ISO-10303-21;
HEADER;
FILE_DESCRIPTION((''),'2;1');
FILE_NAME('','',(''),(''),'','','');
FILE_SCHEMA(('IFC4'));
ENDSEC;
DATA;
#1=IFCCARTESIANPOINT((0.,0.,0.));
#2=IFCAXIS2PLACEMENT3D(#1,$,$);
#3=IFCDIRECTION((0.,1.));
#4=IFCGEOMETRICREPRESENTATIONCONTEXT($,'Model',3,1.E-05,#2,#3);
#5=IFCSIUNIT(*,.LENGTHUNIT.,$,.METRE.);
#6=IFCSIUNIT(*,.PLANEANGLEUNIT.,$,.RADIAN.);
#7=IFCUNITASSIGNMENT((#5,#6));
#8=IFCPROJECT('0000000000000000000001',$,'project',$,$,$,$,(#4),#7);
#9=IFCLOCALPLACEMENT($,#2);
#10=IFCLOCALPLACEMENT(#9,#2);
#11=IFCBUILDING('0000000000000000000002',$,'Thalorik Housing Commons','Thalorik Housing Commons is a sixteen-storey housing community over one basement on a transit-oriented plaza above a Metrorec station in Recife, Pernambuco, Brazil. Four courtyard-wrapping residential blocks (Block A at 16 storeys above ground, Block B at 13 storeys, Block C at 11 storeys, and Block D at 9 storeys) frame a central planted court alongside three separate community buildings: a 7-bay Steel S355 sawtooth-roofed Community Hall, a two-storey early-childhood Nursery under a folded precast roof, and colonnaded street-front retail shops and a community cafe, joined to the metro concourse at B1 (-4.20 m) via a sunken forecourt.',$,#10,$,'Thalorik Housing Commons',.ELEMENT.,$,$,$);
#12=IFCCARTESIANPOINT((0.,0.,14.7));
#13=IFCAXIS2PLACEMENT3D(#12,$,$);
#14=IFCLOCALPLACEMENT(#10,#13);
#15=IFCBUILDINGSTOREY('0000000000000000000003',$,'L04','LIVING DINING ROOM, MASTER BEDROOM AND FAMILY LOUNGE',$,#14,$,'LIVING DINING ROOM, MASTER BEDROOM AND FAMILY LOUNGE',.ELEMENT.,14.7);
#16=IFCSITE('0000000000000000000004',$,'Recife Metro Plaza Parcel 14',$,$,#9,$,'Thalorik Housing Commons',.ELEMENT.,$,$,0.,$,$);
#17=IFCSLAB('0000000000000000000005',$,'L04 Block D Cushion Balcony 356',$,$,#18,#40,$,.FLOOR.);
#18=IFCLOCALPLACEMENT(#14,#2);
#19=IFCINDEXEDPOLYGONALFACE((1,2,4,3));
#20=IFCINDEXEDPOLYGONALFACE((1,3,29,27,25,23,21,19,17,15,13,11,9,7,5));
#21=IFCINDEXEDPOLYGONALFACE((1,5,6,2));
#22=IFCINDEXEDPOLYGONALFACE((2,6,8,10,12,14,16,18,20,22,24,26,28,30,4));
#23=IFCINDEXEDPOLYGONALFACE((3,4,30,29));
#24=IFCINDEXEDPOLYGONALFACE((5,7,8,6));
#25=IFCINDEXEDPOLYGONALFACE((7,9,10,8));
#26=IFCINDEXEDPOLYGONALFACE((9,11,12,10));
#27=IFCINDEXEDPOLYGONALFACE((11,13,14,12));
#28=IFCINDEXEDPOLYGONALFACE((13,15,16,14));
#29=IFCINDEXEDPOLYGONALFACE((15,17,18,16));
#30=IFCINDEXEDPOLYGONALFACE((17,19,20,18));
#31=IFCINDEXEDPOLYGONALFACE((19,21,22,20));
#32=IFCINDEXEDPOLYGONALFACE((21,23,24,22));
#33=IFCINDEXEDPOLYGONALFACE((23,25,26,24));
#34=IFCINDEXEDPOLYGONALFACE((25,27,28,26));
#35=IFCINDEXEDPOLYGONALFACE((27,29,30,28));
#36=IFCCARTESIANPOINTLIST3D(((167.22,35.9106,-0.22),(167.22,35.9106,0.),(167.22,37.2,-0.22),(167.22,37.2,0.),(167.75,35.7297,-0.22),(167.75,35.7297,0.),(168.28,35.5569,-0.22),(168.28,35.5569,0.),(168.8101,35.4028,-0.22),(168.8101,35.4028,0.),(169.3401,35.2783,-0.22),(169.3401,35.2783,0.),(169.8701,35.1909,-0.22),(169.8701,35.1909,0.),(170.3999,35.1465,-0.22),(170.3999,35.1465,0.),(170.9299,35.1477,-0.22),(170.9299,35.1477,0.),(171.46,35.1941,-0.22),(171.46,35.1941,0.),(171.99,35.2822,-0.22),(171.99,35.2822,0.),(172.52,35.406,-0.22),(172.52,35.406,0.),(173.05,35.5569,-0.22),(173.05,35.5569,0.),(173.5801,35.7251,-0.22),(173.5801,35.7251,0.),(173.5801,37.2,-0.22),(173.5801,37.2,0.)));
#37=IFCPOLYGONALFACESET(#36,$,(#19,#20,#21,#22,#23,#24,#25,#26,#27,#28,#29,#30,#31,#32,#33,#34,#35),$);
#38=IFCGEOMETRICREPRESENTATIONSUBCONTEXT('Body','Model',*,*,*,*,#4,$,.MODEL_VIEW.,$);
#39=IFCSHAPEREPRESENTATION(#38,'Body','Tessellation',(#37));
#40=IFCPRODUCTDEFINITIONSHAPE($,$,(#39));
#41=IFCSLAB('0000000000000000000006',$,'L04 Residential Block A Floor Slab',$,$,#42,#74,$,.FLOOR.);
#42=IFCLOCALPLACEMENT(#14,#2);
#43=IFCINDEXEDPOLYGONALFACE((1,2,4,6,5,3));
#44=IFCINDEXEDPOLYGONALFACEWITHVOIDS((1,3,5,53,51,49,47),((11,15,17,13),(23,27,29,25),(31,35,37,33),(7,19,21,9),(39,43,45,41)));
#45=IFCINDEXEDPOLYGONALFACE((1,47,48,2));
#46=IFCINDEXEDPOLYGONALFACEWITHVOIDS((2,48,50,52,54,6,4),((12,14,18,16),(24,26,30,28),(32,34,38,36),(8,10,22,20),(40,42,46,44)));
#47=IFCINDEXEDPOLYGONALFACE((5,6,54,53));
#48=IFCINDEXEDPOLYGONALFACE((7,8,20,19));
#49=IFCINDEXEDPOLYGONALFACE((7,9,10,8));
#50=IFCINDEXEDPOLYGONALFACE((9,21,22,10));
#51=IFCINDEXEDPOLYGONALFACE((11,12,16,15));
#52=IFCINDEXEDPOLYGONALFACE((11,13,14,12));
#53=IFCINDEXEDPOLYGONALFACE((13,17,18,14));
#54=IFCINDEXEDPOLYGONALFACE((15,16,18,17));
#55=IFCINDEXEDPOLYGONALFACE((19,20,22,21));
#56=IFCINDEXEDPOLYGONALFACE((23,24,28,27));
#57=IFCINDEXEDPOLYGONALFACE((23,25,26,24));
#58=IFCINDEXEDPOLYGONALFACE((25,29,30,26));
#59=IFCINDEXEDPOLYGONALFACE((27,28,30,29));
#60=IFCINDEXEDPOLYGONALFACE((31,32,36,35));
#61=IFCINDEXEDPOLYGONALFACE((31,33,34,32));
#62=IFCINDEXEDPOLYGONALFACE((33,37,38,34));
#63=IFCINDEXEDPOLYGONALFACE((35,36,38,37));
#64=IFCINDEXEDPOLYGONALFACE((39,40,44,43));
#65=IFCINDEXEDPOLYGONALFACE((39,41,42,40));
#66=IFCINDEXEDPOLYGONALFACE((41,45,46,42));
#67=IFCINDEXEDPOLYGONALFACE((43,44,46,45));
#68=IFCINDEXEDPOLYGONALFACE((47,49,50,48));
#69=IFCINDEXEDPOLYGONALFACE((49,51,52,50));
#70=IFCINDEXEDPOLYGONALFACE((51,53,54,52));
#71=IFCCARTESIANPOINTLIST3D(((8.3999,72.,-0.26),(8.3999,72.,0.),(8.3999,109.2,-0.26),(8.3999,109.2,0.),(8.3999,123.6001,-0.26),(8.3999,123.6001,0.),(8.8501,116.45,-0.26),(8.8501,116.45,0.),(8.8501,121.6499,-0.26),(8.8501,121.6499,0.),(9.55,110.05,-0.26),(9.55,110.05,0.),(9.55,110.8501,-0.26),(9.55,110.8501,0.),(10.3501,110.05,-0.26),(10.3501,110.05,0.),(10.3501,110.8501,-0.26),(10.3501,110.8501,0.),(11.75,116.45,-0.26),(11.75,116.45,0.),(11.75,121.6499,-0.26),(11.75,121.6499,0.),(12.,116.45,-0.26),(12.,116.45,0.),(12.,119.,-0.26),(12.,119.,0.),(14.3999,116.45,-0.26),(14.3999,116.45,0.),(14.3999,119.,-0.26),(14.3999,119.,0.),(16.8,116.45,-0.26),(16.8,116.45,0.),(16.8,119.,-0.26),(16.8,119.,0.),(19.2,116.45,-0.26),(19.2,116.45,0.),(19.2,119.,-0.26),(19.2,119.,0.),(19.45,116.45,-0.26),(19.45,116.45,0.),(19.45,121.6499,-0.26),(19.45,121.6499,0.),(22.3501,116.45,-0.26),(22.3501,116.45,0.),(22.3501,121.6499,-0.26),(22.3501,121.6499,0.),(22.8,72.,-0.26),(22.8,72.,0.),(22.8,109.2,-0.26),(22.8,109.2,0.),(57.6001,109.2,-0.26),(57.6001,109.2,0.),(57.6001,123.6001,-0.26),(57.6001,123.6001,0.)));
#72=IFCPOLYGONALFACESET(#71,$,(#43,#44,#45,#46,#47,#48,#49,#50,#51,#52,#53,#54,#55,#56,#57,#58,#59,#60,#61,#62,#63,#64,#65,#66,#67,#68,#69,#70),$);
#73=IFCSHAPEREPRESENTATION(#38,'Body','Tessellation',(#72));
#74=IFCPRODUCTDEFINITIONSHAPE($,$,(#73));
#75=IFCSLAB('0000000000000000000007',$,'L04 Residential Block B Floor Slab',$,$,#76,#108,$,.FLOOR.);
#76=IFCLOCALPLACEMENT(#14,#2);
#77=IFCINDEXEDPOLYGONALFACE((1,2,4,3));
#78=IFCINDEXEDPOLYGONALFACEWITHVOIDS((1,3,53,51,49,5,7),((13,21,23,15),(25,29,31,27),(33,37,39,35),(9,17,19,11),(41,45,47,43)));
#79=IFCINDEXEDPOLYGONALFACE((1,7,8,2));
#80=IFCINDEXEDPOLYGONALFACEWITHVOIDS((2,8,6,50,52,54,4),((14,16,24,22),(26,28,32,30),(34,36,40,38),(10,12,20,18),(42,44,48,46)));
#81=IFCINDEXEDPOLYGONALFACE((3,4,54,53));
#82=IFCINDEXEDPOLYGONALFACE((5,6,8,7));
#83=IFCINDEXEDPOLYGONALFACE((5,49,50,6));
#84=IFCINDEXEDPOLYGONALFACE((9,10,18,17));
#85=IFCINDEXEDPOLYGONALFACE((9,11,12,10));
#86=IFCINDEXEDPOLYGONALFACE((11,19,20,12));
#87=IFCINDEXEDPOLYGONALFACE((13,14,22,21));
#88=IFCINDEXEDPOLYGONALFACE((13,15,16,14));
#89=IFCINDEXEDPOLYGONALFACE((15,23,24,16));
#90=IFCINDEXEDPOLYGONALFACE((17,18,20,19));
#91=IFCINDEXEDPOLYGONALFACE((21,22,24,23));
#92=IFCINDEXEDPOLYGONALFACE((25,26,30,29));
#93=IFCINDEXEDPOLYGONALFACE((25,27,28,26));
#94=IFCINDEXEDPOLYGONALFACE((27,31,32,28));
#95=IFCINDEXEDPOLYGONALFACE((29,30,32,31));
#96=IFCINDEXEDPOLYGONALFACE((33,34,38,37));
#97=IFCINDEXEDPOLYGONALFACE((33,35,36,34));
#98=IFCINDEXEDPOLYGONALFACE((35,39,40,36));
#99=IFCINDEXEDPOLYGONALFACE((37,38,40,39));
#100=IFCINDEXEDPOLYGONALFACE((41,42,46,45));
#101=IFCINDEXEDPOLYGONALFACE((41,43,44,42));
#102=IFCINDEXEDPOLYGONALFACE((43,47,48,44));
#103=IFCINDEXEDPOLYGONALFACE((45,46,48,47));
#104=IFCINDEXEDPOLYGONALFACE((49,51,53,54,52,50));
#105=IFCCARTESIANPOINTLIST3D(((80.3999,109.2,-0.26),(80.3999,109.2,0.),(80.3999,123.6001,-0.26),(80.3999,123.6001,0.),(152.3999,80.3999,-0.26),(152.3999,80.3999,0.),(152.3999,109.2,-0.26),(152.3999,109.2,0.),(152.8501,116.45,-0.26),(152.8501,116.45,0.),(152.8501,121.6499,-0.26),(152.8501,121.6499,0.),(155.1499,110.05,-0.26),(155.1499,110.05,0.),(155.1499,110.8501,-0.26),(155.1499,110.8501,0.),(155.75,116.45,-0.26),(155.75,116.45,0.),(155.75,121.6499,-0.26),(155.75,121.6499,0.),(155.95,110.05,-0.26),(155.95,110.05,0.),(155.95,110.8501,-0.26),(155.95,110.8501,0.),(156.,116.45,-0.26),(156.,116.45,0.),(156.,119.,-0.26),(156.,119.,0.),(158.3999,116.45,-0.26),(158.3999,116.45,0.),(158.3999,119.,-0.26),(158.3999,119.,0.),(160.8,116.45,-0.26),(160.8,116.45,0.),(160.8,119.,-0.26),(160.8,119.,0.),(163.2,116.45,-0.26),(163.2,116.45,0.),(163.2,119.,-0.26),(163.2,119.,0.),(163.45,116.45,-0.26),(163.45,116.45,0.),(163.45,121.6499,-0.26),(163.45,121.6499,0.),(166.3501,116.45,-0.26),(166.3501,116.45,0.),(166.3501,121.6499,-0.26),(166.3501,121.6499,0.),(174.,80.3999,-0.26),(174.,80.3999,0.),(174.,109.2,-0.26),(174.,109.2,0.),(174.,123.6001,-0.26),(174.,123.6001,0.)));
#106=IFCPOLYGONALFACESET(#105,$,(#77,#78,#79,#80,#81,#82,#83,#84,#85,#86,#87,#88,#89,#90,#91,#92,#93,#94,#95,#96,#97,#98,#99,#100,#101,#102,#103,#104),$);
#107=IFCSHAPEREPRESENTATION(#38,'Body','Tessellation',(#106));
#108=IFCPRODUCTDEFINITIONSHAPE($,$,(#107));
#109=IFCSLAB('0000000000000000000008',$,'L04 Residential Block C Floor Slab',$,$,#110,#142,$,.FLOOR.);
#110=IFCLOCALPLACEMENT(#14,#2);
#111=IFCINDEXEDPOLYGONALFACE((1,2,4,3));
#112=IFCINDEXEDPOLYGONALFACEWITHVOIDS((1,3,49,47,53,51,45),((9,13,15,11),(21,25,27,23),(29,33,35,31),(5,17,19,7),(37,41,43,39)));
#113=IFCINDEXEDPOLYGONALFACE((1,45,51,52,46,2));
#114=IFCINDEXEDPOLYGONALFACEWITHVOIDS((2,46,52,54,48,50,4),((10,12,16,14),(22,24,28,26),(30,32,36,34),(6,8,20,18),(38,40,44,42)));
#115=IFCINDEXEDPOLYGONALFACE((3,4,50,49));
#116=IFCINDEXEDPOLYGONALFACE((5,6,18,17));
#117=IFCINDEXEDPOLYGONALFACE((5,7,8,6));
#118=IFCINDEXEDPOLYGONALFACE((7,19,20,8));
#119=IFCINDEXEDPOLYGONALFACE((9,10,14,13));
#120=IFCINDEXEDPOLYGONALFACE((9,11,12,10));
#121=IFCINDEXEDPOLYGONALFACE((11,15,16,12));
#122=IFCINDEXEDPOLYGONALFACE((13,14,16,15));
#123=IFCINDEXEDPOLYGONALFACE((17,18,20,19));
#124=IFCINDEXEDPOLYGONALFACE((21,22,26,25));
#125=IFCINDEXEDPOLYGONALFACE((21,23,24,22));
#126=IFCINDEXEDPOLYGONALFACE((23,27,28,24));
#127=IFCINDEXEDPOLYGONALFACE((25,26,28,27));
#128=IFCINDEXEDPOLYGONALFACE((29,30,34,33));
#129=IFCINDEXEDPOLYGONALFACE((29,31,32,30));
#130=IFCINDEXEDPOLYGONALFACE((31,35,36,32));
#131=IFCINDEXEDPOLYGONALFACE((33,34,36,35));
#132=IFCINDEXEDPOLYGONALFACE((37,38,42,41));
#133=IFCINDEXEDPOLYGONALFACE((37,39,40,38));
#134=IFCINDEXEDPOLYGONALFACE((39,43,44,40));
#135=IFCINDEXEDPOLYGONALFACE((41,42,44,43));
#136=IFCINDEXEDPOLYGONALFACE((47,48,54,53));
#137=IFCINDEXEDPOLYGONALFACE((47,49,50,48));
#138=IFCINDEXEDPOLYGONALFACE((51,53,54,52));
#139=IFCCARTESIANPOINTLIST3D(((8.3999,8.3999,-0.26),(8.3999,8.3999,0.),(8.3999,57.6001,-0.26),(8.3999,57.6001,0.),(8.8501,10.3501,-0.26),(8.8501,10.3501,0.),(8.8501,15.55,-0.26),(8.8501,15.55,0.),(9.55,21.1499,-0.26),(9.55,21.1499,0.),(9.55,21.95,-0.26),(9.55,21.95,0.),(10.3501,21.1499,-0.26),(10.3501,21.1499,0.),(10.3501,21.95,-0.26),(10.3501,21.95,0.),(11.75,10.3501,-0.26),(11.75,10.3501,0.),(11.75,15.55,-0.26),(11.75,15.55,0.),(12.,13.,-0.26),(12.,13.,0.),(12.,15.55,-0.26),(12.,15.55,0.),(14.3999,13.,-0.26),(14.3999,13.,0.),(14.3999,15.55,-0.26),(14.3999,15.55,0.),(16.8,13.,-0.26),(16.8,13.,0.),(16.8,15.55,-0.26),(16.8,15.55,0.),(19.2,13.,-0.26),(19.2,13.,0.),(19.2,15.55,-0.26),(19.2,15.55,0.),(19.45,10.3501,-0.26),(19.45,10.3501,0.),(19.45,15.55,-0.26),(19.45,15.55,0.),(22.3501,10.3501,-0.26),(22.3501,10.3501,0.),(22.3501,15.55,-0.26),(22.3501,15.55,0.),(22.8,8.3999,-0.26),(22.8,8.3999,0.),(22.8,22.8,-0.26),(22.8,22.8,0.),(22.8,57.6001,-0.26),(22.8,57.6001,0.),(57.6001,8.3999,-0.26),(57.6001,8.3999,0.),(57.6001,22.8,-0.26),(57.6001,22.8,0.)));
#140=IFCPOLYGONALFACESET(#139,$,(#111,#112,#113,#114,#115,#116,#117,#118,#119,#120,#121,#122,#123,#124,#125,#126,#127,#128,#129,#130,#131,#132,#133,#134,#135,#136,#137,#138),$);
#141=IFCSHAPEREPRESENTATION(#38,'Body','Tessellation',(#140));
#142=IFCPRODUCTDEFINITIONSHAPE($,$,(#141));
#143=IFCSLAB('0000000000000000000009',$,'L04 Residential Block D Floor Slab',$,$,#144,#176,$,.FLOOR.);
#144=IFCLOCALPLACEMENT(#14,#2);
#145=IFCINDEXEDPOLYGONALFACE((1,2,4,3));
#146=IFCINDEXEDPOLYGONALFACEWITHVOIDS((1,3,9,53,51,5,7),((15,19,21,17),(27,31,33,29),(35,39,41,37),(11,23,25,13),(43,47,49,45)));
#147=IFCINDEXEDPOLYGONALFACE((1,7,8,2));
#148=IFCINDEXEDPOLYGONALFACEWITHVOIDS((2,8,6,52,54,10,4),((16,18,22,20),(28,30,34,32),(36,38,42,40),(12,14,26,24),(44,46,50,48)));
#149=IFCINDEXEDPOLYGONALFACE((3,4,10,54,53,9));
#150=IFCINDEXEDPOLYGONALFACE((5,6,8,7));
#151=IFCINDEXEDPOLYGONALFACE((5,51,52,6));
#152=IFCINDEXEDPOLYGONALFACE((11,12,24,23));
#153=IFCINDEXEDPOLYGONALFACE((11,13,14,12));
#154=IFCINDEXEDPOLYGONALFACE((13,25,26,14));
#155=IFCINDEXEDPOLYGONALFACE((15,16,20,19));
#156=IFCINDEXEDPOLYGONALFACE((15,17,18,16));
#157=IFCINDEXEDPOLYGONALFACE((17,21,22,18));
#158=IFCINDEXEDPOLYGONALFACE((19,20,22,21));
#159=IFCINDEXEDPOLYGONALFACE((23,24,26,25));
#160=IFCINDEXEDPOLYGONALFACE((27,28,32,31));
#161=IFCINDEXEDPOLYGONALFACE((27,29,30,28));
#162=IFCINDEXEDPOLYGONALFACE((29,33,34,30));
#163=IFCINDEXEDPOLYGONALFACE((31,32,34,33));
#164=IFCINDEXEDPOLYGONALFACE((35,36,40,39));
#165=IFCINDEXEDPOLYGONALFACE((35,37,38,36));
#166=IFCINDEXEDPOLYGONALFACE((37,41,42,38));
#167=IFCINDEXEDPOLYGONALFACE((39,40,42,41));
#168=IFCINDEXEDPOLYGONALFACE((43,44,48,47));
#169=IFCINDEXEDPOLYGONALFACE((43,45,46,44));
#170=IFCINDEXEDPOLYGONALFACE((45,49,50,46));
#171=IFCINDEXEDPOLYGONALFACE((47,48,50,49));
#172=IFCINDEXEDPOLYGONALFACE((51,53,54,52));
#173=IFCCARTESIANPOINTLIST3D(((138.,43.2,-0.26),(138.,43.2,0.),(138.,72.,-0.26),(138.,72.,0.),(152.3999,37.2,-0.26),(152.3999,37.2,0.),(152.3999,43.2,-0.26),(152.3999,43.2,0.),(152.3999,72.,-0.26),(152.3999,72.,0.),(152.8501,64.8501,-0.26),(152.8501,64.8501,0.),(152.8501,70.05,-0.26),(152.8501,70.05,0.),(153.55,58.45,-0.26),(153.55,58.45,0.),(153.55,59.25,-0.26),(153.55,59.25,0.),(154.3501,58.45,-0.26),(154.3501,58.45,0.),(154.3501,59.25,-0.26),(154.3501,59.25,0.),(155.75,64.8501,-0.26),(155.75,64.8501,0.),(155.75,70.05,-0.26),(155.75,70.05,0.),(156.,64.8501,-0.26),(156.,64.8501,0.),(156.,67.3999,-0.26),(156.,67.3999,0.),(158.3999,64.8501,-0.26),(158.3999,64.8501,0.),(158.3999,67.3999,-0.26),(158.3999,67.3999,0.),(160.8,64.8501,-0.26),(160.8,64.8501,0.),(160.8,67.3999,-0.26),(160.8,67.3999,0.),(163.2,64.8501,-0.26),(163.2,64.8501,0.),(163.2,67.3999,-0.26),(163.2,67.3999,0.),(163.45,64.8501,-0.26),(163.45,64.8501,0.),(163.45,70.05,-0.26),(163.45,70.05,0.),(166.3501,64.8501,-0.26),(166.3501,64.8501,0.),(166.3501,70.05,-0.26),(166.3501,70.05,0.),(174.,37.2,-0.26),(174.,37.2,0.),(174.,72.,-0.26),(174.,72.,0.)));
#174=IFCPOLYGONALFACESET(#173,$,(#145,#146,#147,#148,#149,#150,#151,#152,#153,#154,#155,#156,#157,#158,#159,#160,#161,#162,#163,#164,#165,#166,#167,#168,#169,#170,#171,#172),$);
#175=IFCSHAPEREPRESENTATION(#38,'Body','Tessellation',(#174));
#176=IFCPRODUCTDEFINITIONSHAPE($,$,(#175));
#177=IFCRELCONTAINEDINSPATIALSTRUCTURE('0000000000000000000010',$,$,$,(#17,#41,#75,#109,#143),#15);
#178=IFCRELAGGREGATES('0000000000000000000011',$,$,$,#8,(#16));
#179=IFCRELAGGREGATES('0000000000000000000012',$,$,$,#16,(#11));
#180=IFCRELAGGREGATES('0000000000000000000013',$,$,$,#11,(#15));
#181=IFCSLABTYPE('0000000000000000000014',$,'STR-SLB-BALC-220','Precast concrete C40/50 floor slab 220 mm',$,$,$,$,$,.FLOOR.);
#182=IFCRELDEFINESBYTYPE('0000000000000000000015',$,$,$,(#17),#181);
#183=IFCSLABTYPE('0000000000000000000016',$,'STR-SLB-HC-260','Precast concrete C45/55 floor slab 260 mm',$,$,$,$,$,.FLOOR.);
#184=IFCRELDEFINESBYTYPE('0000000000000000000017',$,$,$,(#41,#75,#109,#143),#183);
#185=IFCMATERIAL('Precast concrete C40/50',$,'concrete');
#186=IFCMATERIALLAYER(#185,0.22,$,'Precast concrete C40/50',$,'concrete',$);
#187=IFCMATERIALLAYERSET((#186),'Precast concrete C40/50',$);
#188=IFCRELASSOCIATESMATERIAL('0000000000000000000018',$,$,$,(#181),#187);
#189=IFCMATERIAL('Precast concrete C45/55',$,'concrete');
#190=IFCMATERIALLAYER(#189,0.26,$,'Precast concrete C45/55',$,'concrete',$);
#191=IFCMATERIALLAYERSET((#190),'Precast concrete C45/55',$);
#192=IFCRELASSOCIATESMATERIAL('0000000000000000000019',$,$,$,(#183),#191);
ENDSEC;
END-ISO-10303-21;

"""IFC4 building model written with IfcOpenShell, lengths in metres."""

from ifc_helpers import new_model, si_unit, direction, frame, origin, place, context, subcontext, project, spatial, polyline, outline, extrude, material, layer, layer_set, type_object, element, save


model = new_model("IFC4")

# Units and contexts
model_context = context("Model", 3, precision=1e-05, world=origin(), true_north=direction((0.0, 1.0)))
body_context = subcontext(model_context, "Body", "Model", "MODEL_VIEW")
ifc_project = project(units=[si_unit("LENGTHUNIT", "METRE"), si_unit("PLANEANGLEUNIT", "RADIAN")], contexts=[model_context])

# Site, building, storey
site_placement = place(None, origin())
site = spatial("IfcSite", under=ifc_project, at=site_placement, Name="Recife Metro Plaza Parcel 14", LongName="Thalorik Housing Commons", CompositionType="ELEMENT", RefElevation=0.0)
building_placement = place(site_placement, origin())
building = spatial("IfcBuilding", under=site, at=building_placement, Name="Thalorik Housing Commons", Description="Thalorik Housing Commons is a sixteen-storey housing community over one basement on a transit-oriented plaza above a Metrorec station in Recife, Pernambuco, Brazil. Four courtyard-wrapping residential blocks (Block A at 16 storeys above ground, Block B at 13 storeys, Block C at 11 storeys, and Block D at 9 storeys) frame a central planted court alongside three separate community buildings: a 7-bay Steel S355 sawtooth-roofed Community Hall, a two-storey early-childhood Nursery under a folded precast roof, and colonnaded street-front retail shops and a community cafe, joined to the metro concourse at B1 (-4.20 m) via a sunken forecourt.", LongName="Thalorik Housing Commons", CompositionType="ELEMENT")
storey_placement = place(building_placement, frame((0.0, 0.0, 14.7)))
storey = spatial("IfcBuildingStorey", under=building, at=storey_placement, Name="L04", Description="LIVING DINING ROOM, MASTER BEDROOM AND FAMILY LOUNGE", LongName="LIVING DINING ROOM, MASTER BEDROOM AND FAMILY LOUNGE", CompositionType="ELEMENT", Elevation=14.7)

# Slabs
ifc_material_1 = material(Name="Precast concrete C40/50", Category="concrete")
ifc_layer_1 = layer(ifc_material_1, 0.22, Name="Precast concrete C40/50", Category="concrete")
ifc_layer_set_1 = layer_set([ifc_layer_1], Name="Precast concrete C40/50")
slab_type_1 = type_object("IfcSlabType", Name="STR-SLB-BALC-220", Description="Precast concrete C40/50 floor slab 220 mm", PredefinedType="FLOOR", material=ifc_layer_set_1)
slab_1_placement = place(storey_placement, frame((0.0, 0.0, -0.22)))
element("IfcSlab", 1, at=slab_1_placement, inside=storey, type_object=slab_type_1, Name="L04 Block D Cushion Balcony 356", PredefinedType="FLOOR", context=body_context, shape_type="SweptSolid", body=[
    extrude(outline(polyline([(167.22, 35.9106), (167.75, 35.7297), (168.28, 35.5569), (168.8101, 35.4028), (169.3401, 35.2783), (169.8701, 35.1909), (170.3999, 35.1465), (170.9299, 35.1477), (171.46, 35.1941), (171.99, 35.2822), (172.52, 35.406), (173.05, 35.5569), (173.5801, 35.7251), (173.5801, 37.2), (167.22, 37.2), (167.22, 35.9106)])), origin(), (0.0, 0.0, 1.0), 0.22),
])
ifc_material_2 = material(Name="Precast concrete C45/55", Category="concrete")
ifc_layer_2 = layer(ifc_material_2, 0.26, Name="Precast concrete C45/55", Category="concrete")
ifc_layer_set_2 = layer_set([ifc_layer_2], Name="Precast concrete C45/55")
slab_type_2 = type_object("IfcSlabType", Name="STR-SLB-HC-260", Description="Precast concrete C45/55 floor slab 260 mm", PredefinedType="FLOOR", material=ifc_layer_set_2)
slab_2_placement = place(storey_placement, frame((0.0, 0.0, -0.26)))
element("IfcSlab", 2, at=slab_2_placement, inside=storey, type_object=slab_type_2, Name="L04 Residential Block A Floor Slab", PredefinedType="FLOOR", context=body_context, shape_type="SweptSolid", body=[
    extrude(outline(polyline([(8.3999, 123.6001), (8.3999, 109.2), (8.3999, 72.0), (22.8, 72.0), (22.8, 109.2), (57.6001, 109.2), (57.6001, 123.6001), (8.3999, 123.6001)]), holes=[polyline([(8.8501, 121.6499), (11.75, 121.6499), (11.75, 116.45), (8.8501, 116.45), (8.8501, 121.6499)]), polyline([(22.3501, 121.6499), (22.3501, 116.45), (19.45, 116.45), (19.45, 121.6499), (22.3501, 121.6499)]), polyline([(14.3999, 119.0), (14.3999, 116.45), (12.0, 116.45), (12.0, 119.0), (14.3999, 119.0)]), polyline([(19.2, 116.45), (16.8, 116.45), (16.8, 119.0), (19.2, 119.0), (19.2, 116.45)]), polyline([(9.55, 110.05), (9.55, 110.8501), (10.3501, 110.8501), (10.3501, 110.05), (9.55, 110.05)])]), origin(), (0.0, 0.0, 1.0), 0.26),
])
slab_3_placement = place(storey_placement, frame((0.0, 0.0, -0.26)))
element("IfcSlab", 3, at=slab_3_placement, inside=storey, type_object=slab_type_2, Name="L04 Residential Block B Floor Slab", PredefinedType="FLOOR", context=body_context, shape_type="SweptSolid", body=[
    extrude(outline(polyline([(80.3999, 109.2), (152.3999, 109.2), (152.3999, 80.3999), (174.0, 80.3999), (174.0, 109.2), (174.0, 123.6001), (80.3999, 123.6001), (80.3999, 109.2)]), holes=[polyline([(152.8501, 121.6499), (155.75, 121.6499), (155.75, 116.45), (152.8501, 116.45), (152.8501, 121.6499)]), polyline([(166.3501, 121.6499), (166.3501, 116.45), (163.45, 116.45), (163.45, 121.6499), (166.3501, 121.6499)]), polyline([(158.3999, 119.0), (158.3999, 116.45), (156.0, 116.45), (156.0, 119.0), (158.3999, 119.0)]), polyline([(163.2, 116.45), (160.8, 116.45), (160.8, 119.0), (163.2, 119.0), (163.2, 116.45)]), polyline([(155.1499, 110.05), (155.1499, 110.8501), (155.95, 110.8501), (155.95, 110.05), (155.1499, 110.05)])]), origin(), (0.0, 0.0, 1.0), 0.26),
])
slab_4_placement = place(storey_placement, frame((0.0, 0.0, -0.26)))
element("IfcSlab", 4, at=slab_4_placement, inside=storey, type_object=slab_type_2, Name="L04 Residential Block C Floor Slab", PredefinedType="FLOOR", context=body_context, shape_type="SweptSolid", body=[
    extrude(outline(polyline([(8.3999, 8.3999), (22.8, 8.3999), (57.6001, 8.3999), (57.6001, 22.8), (22.8, 22.8), (22.8, 57.6001), (8.3999, 57.6001), (8.3999, 8.3999)]), holes=[polyline([(11.75, 10.3501), (8.8501, 10.3501), (8.8501, 15.55), (11.75, 15.55), (11.75, 10.3501)]), polyline([(19.45, 10.3501), (19.45, 15.55), (22.3501, 15.55), (22.3501, 10.3501), (19.45, 10.3501)]), polyline([(14.3999, 15.55), (14.3999, 13.0), (12.0, 13.0), (12.0, 15.55), (14.3999, 15.55)]), polyline([(19.2, 13.0), (16.8, 13.0), (16.8, 15.55), (19.2, 15.55), (19.2, 13.0)]), polyline([(9.55, 21.1499), (9.55, 21.95), (10.3501, 21.95), (10.3501, 21.1499), (9.55, 21.1499)])]), origin(), (0.0, 0.0, 1.0), 0.26),
])
slab_5_placement = place(storey_placement, frame((0.0, 0.0, -0.26)))
element("IfcSlab", 5, at=slab_5_placement, inside=storey, type_object=slab_type_2, Name="L04 Residential Block D Floor Slab", PredefinedType="FLOOR", context=body_context, shape_type="SweptSolid", body=[
    extrude(outline(polyline([(152.3999, 43.2), (152.3999, 37.2), (174.0, 37.2), (174.0, 72.0), (152.3999, 72.0), (138.0, 72.0), (138.0, 43.2), (152.3999, 43.2)]), holes=[polyline([(152.8501, 70.05), (155.75, 70.05), (155.75, 64.8501), (152.8501, 64.8501), (152.8501, 70.05)]), polyline([(166.3501, 70.05), (166.3501, 64.8501), (163.45, 64.8501), (163.45, 70.05), (166.3501, 70.05)]), polyline([(158.3999, 67.3999), (158.3999, 64.8501), (156.0, 64.8501), (156.0, 67.3999), (158.3999, 67.3999)]), polyline([(163.2, 64.8501), (160.8, 64.8501), (160.8, 67.3999), (163.2, 67.3999), (163.2, 64.8501)]), polyline([(153.55, 58.45), (153.55, 59.25), (154.3501, 59.25), (154.3501, 58.45), (153.55, 58.45)])]), origin(), (0.0, 0.0, 1.0), 0.26),
])

save(model, "model.ifc")
